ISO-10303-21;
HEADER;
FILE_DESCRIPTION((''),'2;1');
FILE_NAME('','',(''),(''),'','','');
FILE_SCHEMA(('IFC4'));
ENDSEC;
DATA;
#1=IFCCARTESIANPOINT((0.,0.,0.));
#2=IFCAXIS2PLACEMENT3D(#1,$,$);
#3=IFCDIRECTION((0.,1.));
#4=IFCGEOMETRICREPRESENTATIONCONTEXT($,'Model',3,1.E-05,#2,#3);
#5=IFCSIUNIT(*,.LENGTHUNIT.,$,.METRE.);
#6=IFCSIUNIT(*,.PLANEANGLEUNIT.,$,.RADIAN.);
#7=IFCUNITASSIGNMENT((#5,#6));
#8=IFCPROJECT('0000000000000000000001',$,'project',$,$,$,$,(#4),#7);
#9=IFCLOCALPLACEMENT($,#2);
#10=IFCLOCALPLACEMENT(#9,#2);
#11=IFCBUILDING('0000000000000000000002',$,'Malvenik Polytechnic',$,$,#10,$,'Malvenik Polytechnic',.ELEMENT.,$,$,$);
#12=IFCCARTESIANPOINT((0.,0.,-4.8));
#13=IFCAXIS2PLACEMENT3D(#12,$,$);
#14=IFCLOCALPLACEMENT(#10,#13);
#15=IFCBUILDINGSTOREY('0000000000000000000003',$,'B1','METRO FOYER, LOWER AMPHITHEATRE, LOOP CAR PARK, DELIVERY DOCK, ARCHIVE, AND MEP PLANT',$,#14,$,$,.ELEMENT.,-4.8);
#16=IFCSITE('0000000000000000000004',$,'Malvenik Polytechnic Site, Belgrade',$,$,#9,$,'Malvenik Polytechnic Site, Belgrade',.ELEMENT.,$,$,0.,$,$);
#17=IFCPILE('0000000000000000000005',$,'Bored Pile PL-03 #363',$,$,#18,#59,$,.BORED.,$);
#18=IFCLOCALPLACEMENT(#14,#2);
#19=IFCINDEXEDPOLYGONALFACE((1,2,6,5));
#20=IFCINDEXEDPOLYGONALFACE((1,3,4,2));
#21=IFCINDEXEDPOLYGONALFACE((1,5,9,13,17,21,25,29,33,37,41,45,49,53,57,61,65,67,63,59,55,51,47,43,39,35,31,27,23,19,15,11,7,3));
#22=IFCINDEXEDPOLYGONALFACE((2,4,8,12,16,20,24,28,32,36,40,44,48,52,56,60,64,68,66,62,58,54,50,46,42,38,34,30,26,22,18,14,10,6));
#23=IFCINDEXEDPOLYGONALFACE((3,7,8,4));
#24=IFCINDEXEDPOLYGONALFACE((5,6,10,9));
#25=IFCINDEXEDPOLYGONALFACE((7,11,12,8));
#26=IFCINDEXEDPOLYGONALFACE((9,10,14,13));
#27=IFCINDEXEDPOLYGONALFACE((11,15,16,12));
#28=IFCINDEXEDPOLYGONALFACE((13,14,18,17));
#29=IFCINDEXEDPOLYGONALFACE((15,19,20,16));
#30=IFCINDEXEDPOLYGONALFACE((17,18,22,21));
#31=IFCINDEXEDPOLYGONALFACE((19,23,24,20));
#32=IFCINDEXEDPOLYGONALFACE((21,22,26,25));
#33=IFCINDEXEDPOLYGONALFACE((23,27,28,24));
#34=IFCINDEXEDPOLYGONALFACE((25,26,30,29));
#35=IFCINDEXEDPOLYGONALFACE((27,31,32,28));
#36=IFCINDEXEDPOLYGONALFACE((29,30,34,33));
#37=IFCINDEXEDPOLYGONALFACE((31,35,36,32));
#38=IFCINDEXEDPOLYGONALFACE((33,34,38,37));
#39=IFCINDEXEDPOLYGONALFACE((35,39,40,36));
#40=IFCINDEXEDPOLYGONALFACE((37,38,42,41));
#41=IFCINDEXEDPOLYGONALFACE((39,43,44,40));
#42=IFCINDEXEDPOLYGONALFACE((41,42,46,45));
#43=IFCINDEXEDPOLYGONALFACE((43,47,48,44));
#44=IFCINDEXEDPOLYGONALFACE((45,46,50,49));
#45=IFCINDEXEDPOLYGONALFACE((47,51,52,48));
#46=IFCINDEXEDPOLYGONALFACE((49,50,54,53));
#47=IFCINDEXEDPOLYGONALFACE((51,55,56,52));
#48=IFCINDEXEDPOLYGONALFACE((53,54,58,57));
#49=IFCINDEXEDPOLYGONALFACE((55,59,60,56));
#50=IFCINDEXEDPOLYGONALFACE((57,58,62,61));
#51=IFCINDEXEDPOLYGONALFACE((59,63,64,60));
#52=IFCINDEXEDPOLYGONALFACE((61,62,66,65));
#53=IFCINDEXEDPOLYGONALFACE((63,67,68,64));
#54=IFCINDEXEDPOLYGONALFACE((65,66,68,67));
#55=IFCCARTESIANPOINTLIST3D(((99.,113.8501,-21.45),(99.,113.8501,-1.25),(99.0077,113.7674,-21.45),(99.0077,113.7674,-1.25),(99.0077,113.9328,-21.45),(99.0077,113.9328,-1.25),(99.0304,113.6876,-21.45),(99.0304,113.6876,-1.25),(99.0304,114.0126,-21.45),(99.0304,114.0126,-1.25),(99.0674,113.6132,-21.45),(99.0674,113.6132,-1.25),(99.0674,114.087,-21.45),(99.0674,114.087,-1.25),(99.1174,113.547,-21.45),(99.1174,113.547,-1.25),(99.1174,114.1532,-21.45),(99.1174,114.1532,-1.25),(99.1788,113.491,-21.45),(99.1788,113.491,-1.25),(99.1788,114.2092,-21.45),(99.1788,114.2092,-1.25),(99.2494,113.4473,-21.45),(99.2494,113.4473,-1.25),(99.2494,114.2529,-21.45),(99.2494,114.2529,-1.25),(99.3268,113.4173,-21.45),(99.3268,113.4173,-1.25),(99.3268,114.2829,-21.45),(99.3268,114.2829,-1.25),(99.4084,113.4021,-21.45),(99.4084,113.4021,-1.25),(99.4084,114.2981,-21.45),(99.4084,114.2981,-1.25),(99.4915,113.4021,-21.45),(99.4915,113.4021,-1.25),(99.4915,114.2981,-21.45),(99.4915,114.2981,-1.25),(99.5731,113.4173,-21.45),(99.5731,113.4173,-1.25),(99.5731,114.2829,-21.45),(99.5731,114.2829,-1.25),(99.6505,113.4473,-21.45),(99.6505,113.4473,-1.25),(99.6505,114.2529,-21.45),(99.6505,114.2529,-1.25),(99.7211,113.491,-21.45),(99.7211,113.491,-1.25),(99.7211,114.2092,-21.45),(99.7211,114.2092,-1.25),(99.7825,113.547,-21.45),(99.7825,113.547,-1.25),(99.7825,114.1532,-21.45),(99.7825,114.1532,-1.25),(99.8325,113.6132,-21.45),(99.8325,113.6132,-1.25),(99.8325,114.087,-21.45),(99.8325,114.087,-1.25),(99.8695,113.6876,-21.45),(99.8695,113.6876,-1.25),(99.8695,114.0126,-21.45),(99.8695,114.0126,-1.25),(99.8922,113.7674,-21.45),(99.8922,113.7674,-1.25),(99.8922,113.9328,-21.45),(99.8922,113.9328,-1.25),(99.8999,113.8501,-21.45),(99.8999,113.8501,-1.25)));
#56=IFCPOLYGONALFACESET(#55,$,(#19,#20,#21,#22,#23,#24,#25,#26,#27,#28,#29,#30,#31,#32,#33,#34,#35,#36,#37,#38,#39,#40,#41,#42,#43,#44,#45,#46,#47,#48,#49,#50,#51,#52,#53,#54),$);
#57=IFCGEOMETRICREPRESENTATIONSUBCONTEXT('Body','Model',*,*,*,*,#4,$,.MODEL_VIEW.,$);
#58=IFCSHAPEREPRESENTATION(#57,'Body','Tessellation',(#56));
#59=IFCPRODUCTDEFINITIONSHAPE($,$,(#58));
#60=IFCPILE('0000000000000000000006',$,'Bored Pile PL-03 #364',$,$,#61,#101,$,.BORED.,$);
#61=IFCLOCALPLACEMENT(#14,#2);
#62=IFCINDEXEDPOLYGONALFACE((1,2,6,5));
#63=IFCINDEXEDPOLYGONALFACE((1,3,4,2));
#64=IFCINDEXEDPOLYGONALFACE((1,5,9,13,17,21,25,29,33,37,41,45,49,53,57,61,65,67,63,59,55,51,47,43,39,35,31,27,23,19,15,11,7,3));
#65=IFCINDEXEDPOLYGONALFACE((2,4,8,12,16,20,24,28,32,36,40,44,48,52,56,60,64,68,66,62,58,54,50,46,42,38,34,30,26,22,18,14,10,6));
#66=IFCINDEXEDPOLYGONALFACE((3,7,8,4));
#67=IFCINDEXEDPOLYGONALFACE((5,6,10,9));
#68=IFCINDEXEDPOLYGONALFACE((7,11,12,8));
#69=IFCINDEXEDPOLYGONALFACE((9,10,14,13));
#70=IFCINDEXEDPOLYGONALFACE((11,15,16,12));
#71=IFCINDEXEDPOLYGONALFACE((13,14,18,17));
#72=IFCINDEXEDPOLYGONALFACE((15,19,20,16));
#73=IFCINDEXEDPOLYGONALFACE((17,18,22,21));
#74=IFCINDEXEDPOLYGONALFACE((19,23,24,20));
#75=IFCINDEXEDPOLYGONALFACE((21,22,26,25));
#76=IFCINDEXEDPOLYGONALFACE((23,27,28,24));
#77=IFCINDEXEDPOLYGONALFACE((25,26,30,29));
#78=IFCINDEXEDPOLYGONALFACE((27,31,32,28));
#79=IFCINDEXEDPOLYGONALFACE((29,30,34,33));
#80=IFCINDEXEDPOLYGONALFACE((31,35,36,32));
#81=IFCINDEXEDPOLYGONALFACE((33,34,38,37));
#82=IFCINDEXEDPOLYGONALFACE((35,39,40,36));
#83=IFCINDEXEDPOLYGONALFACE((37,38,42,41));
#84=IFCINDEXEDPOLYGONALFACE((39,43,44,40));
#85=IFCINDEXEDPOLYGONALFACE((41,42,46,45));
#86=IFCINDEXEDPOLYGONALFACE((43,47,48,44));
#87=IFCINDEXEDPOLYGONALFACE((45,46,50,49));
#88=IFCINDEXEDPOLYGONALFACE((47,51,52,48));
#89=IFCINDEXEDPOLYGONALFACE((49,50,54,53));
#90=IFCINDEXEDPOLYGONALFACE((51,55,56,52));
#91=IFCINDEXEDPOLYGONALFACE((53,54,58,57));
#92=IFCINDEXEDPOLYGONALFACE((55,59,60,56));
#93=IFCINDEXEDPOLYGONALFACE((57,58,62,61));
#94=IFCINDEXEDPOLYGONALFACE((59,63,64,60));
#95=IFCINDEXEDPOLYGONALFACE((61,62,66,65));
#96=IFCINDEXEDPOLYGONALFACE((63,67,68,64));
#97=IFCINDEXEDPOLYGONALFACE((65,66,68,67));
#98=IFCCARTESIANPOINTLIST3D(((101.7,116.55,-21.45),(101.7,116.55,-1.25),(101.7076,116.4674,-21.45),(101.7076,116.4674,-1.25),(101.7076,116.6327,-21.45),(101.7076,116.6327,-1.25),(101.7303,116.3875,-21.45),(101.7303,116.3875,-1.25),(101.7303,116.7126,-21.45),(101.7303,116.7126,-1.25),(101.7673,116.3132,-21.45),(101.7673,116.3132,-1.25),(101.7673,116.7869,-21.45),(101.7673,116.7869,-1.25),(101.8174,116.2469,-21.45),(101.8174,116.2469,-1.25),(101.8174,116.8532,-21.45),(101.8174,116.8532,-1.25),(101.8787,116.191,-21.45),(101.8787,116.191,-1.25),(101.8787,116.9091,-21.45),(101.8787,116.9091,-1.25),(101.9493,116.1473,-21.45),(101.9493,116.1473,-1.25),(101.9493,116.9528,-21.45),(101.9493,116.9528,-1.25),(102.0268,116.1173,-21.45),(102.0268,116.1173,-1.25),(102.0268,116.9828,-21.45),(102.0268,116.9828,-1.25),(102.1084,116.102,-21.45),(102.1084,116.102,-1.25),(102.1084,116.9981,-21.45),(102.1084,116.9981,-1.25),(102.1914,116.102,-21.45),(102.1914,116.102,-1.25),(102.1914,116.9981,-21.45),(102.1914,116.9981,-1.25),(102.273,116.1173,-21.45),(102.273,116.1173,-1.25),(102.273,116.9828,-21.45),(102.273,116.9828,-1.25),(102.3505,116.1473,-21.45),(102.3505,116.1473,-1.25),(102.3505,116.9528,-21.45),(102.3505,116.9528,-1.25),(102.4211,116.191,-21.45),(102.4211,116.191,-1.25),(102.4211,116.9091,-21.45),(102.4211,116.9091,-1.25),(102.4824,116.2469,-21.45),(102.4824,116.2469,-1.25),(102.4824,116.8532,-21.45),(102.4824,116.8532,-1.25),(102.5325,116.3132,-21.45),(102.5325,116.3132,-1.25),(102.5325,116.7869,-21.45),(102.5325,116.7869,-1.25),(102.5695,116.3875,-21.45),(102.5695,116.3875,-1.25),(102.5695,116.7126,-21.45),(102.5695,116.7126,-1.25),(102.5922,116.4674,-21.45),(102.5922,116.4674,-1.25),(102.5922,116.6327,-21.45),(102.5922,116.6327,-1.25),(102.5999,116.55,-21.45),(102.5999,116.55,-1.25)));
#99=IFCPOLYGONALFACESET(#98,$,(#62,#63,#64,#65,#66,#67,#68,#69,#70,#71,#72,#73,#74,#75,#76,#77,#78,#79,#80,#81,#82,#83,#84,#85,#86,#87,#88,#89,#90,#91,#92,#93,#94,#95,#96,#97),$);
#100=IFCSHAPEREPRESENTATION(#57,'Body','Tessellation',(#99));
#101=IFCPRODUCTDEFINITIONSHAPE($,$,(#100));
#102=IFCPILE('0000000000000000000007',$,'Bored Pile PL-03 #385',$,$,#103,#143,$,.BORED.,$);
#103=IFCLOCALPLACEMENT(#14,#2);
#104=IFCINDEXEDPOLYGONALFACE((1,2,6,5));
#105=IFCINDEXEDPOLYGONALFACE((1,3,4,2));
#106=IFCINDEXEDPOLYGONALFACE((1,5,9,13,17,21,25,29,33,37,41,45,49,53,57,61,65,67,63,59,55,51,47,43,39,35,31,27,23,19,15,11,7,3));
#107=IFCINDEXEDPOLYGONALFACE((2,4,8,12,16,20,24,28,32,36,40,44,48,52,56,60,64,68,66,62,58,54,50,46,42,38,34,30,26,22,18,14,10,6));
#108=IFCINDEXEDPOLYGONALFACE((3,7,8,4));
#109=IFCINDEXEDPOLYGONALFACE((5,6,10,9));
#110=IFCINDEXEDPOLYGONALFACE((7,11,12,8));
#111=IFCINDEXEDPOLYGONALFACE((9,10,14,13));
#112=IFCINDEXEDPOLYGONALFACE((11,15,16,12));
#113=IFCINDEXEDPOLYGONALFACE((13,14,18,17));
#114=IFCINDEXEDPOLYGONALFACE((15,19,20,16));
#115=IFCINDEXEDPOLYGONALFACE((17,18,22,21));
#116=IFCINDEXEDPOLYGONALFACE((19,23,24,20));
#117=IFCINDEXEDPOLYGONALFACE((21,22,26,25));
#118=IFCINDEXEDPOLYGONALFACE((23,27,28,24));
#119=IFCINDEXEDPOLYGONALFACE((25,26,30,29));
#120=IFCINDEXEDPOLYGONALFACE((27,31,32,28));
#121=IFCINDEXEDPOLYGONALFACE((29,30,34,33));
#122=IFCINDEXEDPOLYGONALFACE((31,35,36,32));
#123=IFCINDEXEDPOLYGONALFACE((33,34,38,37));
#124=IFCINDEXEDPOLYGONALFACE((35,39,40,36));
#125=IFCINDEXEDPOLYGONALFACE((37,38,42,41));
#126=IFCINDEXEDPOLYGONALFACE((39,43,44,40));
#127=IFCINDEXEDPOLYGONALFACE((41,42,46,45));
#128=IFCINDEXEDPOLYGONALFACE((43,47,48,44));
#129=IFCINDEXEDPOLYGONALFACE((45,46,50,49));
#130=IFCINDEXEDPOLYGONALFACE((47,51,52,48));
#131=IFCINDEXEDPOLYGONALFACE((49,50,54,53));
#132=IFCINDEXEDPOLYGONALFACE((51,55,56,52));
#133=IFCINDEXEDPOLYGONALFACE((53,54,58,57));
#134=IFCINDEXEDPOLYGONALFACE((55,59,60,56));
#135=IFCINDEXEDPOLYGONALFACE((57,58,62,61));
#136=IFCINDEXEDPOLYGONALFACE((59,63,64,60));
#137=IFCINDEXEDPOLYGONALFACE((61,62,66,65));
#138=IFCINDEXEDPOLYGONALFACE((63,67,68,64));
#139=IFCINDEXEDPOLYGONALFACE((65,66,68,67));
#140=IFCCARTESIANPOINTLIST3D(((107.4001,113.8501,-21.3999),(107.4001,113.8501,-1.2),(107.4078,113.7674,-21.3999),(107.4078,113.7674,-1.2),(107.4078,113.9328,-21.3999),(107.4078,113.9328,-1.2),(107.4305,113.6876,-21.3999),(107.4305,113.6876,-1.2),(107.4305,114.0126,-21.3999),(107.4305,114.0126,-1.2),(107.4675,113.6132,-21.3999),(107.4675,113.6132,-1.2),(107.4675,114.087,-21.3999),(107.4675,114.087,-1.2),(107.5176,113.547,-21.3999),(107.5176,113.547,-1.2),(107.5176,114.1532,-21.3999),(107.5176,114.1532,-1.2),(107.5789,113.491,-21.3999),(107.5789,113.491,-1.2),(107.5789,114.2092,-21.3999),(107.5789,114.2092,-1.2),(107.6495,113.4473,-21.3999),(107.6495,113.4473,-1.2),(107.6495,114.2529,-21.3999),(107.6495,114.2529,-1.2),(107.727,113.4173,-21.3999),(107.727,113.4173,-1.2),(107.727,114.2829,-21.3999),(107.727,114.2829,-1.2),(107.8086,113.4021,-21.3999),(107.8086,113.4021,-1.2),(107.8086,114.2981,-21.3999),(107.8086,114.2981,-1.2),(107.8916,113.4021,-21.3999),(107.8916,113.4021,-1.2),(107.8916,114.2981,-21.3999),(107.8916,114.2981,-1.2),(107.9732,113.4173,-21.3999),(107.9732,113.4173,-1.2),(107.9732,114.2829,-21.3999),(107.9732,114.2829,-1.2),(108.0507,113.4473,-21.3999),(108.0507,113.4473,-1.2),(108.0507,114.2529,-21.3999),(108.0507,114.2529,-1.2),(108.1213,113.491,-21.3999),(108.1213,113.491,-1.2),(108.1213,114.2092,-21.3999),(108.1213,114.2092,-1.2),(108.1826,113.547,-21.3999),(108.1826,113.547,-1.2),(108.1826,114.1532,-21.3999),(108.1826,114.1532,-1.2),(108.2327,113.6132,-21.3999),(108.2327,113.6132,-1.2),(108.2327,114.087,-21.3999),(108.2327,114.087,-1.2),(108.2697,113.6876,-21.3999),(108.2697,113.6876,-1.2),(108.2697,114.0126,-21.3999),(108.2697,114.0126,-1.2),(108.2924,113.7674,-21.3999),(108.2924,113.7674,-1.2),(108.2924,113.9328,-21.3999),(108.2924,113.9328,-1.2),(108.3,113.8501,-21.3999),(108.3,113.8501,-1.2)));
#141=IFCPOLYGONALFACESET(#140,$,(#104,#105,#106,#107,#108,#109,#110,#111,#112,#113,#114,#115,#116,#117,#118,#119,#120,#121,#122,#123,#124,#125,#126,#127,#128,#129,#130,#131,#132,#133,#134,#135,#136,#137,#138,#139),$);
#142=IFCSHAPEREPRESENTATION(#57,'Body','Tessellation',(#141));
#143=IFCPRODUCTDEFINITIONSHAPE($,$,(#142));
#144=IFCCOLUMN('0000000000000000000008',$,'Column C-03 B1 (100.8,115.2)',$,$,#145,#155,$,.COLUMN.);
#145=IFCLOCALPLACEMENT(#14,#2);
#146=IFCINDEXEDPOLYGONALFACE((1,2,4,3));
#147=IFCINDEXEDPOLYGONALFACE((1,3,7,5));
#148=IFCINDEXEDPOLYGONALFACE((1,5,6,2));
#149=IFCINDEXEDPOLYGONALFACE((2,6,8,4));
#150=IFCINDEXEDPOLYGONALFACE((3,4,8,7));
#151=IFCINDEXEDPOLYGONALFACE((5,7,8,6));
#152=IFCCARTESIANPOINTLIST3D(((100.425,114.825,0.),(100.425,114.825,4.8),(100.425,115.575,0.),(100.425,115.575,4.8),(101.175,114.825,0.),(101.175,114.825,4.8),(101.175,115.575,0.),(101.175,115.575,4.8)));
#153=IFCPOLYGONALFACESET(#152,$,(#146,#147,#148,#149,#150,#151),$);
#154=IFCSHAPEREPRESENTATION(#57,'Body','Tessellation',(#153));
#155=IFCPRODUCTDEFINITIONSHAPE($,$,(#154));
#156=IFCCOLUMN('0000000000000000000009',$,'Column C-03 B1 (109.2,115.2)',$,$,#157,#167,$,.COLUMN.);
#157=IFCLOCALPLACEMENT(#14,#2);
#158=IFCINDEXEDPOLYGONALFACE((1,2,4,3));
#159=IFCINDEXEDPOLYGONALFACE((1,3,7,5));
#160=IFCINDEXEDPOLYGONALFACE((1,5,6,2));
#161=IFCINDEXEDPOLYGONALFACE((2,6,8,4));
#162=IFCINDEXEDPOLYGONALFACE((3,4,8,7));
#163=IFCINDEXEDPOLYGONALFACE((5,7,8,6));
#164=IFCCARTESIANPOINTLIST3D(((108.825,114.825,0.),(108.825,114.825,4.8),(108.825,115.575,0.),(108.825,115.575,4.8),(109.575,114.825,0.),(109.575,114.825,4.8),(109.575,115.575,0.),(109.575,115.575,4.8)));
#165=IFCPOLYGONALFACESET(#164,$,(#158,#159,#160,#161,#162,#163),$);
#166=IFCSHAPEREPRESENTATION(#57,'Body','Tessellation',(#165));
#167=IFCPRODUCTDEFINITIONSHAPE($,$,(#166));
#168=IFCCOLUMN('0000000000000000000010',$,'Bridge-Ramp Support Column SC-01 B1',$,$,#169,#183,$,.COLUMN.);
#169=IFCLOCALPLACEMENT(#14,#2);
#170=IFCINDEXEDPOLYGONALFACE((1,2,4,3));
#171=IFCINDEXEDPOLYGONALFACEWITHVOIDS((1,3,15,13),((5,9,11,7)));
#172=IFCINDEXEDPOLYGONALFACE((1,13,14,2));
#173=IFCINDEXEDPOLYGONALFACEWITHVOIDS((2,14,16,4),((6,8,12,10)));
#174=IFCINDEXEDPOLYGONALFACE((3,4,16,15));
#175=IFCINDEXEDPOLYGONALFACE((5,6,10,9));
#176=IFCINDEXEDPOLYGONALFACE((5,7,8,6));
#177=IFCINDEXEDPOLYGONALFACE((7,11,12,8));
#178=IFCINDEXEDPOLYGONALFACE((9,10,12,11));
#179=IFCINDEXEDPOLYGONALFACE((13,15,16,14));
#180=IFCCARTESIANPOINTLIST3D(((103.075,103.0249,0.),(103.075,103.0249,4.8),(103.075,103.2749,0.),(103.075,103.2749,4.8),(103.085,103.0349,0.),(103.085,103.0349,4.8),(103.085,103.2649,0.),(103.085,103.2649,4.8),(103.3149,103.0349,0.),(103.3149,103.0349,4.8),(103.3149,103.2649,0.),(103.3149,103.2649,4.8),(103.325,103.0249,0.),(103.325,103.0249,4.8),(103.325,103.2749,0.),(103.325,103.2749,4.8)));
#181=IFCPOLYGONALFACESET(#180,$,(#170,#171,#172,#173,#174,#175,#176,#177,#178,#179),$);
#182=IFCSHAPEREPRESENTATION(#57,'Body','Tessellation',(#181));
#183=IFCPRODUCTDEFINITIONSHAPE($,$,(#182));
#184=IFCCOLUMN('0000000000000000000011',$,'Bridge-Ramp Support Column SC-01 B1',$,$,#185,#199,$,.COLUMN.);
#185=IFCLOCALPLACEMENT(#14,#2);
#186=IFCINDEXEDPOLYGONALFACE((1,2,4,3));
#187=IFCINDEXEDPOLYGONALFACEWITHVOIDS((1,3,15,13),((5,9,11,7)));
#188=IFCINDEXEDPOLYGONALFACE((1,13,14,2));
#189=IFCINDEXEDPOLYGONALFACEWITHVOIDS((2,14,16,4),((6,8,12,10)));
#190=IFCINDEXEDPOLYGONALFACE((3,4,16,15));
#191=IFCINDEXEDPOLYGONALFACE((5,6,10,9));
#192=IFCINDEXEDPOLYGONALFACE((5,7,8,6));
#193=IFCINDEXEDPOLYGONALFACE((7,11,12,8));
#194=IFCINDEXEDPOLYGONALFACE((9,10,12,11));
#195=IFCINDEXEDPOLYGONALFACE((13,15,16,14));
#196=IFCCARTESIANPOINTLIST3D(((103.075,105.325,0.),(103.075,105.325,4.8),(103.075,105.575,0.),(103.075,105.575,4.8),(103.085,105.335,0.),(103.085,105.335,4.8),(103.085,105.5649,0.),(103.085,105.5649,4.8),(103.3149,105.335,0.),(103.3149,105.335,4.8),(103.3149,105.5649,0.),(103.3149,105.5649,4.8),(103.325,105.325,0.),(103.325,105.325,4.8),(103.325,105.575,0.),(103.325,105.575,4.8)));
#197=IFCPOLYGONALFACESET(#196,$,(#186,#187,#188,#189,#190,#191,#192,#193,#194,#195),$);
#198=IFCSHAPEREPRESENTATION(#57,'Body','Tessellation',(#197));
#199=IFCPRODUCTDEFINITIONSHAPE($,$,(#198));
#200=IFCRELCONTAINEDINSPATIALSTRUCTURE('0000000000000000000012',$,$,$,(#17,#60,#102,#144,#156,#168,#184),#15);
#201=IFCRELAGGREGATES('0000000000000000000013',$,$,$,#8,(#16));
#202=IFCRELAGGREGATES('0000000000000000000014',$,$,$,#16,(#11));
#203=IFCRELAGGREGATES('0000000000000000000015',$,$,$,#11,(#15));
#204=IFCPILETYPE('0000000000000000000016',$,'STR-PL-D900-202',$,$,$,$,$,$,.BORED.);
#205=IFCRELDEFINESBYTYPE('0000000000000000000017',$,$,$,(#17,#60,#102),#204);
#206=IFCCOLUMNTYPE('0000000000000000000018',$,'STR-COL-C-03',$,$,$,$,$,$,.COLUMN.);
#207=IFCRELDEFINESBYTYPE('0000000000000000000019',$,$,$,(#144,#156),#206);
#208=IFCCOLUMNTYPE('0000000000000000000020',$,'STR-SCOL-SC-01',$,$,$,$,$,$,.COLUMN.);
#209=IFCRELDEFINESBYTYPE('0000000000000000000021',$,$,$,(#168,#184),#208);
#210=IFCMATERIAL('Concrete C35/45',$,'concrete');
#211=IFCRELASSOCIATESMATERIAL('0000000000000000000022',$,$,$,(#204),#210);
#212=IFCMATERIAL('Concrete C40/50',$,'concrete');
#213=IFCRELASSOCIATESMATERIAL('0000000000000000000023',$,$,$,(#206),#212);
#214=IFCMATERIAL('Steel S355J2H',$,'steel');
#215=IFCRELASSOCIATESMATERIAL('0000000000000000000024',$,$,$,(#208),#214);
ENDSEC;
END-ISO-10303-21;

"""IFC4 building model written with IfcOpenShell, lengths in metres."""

from ifc_helpers import new_model, si_unit, direction, frame, origin, origin_2d, place, context, subcontext, project, spatial, rectangle, hollow_rectangle, circle, extrude, material, material_profile, profile_set, type_object, element, save


model = new_model("IFC4")

# Units and contexts
model_context = context("Model", 3, precision=1e-05, world=origin(), true_north=direction((0.0, 1.0)))
body_context = subcontext(model_context, "Body", "Model", "MODEL_VIEW")
ifc_project = project(units=[si_unit("LENGTHUNIT", "METRE"), si_unit("PLANEANGLEUNIT", "RADIAN")], contexts=[model_context])

# Site, building, storey
site_placement = place(None, origin())
site = spatial("IfcSite", under=ifc_project, at=site_placement, Name="Malvenik Polytechnic Site, Belgrade", LongName="Malvenik Polytechnic Site, Belgrade", CompositionType="ELEMENT", RefElevation=0.0)
building_placement = place(site_placement, origin())
building = spatial("IfcBuilding", under=site, at=building_placement, Name="Malvenik Polytechnic", LongName="Malvenik Polytechnic", CompositionType="ELEMENT")
storey_placement = place(building_placement, frame((0.0, 0.0, -4.8)))
storey = spatial("IfcBuildingStorey", under=building, at=storey_placement, Name="B1", Description="METRO FOYER, LOWER AMPHITHEATRE, LOOP CAR PARK, DELIVERY DOCK, ARCHIVE, AND MEP PLANT", CompositionType="ELEMENT", Elevation=-4.8)

# Shared definitions
ifc_material_1 = material(Name="Concrete C35/45", Category="concrete")

# Piles
ifc_material_profile_1 = material_profile(ifc_material_1, circle(Radius=0.45, at=origin_2d()), Name="BORED PILE D900")
ifc_profile_set_1 = profile_set([ifc_material_profile_1], Name="Concrete C35/45")
pile_type_1 = type_object("IfcPileType", Name="STR-PL-D900-202", PredefinedType="BORED", material=ifc_profile_set_1)
for number, where, z_axis, x_axis, name in (
    (1, (99.45, 113.8501, -1.25), (0.0, 0.0, -1.0), (1.0, 0.0, 0.0), "Bored Pile PL-03 #363"),
    (2, (102.1499, 116.55, -1.25), (0.0, 0.0, -1.0), (1.0, 0.0, 0.0), "Bored Pile PL-03 #364"),
    (3, (107.8501, 113.8501, -1.2), (0.0, 0.0, -1.0), (1.0, 0.0, 0.0), "Bored Pile PL-03 #385"),
):
    element("IfcPile", number, at=place(storey_placement, frame(where, z_axis=z_axis, x_axis=x_axis)), inside=storey, type_object=pile_type_1, Name=name, PredefinedType="BORED", context=body_context, shape_type="SweptSolid", body=[
        extrude(circle(Radius=0.45, at=origin_2d()), origin(), (0.0, 0.0, 1.0), 20.2),
    ])

# Columns
ifc_material_2 = material(Name="Concrete C40/50", Category="concrete")
ifc_material_profile_2 = material_profile(ifc_material_2, rectangle(XDim=0.75, YDim=0.75, at=origin_2d()), Name="RC COL 750x750")
ifc_profile_set_2 = profile_set([ifc_material_profile_2], Name="Concrete C40/50")
column_type_1 = type_object("IfcColumnType", Name="STR-COL-C-03", PredefinedType="COLUMN", material=ifc_profile_set_2)
for number, where, z_axis, x_axis, name in (
    (4, (100.8, 115.2, 0.0), (0.0, 0.0, 1.0), (1.0, 0.0, 0.0), "Column C-03 B1 (100.8,115.2)"),
    (5, (109.2, 115.2, 0.0), (0.0, 0.0, 1.0), (1.0, 0.0, 0.0), "Column C-03 B1 (109.2,115.2)"),
):
    element("IfcColumn", number, at=place(storey_placement, frame(where, z_axis=z_axis, x_axis=x_axis)), inside=storey, type_object=column_type_1, Name=name, PredefinedType="COLUMN", context=body_context, shape_type="SweptSolid", body=[
        extrude(rectangle(XDim=0.75, YDim=0.75, at=origin_2d()), origin(), (0.0, 0.0, 1.0), 4.8),
    ])
ifc_material_3 = material(Name="Steel S355J2H", Category="steel")
ifc_material_profile_3 = material_profile(ifc_material_3, hollow_rectangle(XDim=0.25, YDim=0.25, WallThickness=0.01, at=origin_2d()), Name="SHS 250x250x10.0")
ifc_profile_set_3 = profile_set([ifc_material_profile_3], Name="Steel S355J2H")
column_type_2 = type_object("IfcColumnType", Name="STR-SCOL-SC-01", PredefinedType="COLUMN", material=ifc_profile_set_3)
for number, where, z_axis, x_axis, name in (
    (6, (103.2, 103.1499, 0.0), (0.0, 0.0, 1.0), (1.0, 0.0, 0.0), "Bridge-Ramp Support Column SC-01 B1"),
    (7, (103.2, 105.45, 0.0), (0.0, 0.0, 1.0), (1.0, 0.0, 0.0), "Bridge-Ramp Support Column SC-01 B1"),
):
    element("IfcColumn", number, at=place(storey_placement, frame(where, z_axis=z_axis, x_axis=x_axis)), inside=storey, type_object=column_type_2, Name=name, PredefinedType="COLUMN", context=body_context, shape_type="SweptSolid", body=[
        extrude(hollow_rectangle(XDim=0.25, YDim=0.25, WallThickness=0.01, at=origin_2d()), origin(), (0.0, 0.0, 1.0), 4.8),
    ])

save(model, "model.ifc")
